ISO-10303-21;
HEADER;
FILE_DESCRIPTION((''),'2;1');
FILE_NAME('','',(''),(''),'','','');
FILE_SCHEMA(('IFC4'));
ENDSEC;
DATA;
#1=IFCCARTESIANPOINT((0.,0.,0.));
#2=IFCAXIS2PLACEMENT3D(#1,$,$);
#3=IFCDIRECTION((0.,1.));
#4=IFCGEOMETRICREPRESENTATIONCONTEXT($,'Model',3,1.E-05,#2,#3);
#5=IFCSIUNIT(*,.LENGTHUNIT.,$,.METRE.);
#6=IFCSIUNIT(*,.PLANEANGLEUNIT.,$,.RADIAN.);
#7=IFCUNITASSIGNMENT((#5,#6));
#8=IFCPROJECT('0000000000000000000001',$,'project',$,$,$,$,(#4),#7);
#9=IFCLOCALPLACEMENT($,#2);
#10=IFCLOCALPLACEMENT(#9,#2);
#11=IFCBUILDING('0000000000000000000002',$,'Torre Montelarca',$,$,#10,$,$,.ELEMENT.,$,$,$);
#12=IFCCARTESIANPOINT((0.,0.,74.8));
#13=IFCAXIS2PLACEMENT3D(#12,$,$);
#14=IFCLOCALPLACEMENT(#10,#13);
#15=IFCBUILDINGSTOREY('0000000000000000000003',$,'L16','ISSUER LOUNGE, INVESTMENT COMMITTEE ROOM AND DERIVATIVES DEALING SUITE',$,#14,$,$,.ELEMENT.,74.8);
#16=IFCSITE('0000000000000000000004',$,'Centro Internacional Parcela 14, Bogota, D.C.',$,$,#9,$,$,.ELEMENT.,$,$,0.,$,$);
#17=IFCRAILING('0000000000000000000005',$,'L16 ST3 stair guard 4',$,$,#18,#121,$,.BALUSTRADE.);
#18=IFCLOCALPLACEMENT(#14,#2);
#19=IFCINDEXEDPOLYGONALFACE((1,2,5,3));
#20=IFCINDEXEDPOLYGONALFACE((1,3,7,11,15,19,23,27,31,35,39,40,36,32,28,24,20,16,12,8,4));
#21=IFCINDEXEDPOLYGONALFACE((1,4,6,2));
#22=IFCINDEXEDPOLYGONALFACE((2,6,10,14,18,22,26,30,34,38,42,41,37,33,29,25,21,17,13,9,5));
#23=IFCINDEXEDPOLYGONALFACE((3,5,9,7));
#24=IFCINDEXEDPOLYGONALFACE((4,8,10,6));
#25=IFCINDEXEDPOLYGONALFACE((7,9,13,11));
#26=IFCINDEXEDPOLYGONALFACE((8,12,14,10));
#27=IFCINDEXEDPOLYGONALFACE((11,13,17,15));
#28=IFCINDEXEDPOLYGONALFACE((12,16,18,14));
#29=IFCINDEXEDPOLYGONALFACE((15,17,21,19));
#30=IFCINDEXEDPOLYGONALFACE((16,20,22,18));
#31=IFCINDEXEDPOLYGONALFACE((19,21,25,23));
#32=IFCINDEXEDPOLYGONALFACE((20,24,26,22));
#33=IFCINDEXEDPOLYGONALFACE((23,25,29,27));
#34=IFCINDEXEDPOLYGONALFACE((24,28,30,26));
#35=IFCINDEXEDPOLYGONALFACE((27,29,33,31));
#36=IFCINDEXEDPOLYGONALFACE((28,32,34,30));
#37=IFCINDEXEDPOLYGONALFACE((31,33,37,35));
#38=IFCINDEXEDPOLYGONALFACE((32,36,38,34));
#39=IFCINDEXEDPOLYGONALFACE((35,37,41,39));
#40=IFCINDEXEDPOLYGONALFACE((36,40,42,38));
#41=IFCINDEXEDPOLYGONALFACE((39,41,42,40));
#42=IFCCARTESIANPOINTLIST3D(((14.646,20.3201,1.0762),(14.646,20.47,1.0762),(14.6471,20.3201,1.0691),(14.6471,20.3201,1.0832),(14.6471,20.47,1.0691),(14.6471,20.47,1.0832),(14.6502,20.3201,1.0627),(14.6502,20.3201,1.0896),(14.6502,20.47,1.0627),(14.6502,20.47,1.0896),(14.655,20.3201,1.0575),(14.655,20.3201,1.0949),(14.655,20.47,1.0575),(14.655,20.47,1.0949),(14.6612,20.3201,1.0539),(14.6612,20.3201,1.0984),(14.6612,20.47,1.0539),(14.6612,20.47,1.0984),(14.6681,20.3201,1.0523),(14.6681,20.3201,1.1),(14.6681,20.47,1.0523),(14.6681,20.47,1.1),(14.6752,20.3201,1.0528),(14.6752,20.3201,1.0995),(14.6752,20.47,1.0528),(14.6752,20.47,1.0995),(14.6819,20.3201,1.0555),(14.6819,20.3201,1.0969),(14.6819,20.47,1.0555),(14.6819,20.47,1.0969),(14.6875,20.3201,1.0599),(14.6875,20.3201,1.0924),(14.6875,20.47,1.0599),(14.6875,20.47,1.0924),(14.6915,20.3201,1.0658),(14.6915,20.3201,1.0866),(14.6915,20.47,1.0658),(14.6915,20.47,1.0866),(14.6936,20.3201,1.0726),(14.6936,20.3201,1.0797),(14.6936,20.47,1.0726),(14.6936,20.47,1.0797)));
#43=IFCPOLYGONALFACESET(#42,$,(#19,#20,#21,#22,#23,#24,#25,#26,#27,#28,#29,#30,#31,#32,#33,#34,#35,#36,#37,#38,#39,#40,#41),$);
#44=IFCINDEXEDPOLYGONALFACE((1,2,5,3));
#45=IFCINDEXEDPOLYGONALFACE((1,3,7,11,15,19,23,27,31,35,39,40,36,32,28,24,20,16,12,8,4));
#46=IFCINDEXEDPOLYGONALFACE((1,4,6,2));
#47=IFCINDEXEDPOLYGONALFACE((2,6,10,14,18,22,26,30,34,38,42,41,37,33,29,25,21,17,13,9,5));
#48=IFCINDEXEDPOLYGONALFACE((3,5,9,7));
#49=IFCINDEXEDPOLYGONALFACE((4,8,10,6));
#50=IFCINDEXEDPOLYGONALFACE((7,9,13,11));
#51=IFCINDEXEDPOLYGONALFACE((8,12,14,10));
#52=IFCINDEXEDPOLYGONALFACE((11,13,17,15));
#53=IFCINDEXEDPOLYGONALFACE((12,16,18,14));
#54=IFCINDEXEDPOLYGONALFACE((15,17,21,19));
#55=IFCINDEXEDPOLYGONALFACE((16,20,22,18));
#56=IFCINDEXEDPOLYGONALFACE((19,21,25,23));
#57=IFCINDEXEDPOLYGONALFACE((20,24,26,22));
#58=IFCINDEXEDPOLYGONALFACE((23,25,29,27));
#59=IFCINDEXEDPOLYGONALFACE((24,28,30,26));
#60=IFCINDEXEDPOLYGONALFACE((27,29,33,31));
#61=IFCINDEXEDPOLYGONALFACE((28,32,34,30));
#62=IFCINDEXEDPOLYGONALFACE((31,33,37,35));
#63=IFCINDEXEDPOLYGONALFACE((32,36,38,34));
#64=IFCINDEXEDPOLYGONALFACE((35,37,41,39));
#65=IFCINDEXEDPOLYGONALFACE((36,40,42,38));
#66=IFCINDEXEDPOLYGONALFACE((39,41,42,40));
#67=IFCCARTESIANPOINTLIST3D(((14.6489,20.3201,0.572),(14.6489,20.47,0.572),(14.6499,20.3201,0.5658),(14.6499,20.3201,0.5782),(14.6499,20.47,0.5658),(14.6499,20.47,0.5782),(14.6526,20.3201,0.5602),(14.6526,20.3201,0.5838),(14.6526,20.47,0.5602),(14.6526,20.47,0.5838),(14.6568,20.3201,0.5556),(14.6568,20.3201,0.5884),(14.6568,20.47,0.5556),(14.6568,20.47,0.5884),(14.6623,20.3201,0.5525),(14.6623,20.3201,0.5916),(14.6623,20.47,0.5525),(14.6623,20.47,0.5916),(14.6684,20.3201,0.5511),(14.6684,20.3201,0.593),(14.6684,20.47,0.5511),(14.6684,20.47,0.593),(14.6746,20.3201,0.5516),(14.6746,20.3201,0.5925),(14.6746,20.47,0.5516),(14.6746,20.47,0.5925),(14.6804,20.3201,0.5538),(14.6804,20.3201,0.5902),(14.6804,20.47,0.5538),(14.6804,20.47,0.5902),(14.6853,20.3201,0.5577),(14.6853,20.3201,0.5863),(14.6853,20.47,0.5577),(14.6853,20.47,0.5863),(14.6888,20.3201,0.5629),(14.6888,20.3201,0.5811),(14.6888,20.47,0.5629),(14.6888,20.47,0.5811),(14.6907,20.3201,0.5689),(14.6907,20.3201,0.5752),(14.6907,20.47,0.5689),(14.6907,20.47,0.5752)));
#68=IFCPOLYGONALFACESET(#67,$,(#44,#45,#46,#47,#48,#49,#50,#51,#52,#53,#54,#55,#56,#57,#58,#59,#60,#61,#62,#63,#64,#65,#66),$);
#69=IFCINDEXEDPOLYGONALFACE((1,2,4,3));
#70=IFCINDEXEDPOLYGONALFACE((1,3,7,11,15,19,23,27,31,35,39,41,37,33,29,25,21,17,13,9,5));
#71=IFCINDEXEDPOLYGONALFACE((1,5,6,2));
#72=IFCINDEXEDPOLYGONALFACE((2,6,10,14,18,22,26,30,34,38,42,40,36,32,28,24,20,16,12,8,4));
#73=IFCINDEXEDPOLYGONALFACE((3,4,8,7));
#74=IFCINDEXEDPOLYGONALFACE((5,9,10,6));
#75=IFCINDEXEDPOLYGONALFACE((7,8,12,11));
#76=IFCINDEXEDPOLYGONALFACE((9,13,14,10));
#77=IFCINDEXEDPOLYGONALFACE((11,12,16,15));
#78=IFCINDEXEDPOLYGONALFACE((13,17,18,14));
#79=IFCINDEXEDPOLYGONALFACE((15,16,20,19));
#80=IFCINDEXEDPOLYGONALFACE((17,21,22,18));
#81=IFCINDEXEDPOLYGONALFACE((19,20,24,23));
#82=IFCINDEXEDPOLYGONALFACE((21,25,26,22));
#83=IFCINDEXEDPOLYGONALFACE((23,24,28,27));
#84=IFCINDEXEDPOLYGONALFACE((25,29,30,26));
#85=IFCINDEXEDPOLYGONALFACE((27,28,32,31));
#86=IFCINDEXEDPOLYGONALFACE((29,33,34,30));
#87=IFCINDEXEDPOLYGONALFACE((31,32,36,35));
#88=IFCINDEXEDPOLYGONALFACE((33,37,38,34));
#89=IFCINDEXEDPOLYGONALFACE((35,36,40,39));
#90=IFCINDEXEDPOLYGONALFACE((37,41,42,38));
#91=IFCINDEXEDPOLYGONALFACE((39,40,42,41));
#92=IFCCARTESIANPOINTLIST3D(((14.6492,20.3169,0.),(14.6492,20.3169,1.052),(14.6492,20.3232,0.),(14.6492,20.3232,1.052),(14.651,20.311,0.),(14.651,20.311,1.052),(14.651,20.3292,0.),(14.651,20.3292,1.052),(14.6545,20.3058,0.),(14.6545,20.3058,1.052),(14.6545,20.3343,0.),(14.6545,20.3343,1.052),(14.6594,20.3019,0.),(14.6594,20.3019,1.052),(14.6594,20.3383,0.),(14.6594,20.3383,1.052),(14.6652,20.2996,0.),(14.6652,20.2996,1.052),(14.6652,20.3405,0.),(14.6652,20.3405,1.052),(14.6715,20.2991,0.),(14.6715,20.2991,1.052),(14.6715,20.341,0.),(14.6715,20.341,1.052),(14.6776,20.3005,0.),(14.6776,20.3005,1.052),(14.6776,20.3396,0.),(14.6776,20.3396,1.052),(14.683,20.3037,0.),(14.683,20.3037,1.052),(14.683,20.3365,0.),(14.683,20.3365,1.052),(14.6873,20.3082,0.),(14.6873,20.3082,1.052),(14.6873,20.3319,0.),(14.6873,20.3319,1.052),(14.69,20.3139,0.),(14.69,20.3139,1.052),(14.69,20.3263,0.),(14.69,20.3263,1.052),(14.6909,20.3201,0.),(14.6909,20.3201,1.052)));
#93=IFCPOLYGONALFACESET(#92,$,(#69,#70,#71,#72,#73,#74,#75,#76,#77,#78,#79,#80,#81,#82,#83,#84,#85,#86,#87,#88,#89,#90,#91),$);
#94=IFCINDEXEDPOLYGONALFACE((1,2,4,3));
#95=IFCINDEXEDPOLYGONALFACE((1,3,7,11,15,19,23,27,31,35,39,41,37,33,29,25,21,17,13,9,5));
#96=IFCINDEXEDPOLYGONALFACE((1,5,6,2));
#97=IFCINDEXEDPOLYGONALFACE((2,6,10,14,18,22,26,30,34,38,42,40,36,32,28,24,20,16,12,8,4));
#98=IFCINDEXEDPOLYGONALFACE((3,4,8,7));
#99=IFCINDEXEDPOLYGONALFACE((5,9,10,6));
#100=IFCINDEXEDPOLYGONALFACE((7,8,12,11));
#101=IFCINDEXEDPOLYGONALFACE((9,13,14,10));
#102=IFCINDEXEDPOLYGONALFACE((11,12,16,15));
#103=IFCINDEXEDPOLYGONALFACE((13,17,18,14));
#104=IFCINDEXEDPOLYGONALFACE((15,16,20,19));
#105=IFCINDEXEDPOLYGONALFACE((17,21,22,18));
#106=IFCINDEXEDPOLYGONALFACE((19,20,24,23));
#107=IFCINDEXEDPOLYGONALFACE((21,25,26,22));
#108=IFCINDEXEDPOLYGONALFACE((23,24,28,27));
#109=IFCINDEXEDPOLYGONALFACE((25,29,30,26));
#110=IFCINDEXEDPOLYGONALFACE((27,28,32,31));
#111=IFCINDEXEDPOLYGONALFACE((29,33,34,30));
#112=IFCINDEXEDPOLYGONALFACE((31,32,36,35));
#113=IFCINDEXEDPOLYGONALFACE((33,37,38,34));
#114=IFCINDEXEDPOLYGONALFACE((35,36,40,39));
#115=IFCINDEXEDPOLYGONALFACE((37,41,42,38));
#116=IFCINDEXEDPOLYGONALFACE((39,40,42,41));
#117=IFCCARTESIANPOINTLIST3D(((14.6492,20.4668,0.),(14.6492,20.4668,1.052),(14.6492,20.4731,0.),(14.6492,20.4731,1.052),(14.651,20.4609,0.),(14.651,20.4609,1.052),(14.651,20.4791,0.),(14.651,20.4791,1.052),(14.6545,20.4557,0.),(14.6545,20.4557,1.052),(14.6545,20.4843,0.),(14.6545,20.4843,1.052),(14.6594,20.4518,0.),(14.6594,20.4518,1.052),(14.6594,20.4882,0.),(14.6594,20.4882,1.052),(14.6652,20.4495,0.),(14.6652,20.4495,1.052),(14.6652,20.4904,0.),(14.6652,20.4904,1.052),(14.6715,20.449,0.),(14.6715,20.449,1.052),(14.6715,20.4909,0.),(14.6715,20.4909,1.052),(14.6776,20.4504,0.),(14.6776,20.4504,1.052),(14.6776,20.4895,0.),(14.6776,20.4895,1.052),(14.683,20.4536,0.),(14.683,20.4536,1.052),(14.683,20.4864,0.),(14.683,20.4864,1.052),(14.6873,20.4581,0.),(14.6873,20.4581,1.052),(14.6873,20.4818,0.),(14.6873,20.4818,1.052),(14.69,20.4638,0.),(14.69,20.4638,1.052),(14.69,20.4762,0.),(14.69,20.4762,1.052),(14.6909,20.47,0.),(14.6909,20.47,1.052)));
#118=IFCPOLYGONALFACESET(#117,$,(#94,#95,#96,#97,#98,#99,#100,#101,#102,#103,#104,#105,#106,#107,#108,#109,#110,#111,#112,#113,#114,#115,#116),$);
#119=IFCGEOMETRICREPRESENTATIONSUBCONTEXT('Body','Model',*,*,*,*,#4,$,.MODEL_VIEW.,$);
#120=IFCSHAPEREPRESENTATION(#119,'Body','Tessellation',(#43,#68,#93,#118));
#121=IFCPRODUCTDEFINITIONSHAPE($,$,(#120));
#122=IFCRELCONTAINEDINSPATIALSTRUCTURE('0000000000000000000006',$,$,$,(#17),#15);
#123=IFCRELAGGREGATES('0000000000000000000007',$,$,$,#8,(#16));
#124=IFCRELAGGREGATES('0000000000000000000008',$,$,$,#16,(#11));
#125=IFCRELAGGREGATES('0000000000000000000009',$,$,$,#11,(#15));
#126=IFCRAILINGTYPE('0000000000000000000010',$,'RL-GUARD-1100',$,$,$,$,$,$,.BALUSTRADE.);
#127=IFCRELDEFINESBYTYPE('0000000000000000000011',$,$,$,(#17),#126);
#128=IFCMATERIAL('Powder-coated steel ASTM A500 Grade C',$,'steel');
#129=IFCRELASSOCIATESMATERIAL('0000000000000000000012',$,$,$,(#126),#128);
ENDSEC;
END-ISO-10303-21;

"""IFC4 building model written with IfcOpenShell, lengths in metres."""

from ifc_helpers import new_model, si_unit, direction, frame, origin, origin_2d, place, context, subcontext, project, spatial, circle, extrude, material, type_object, element, save


model = new_model("IFC4")

# Units and contexts
model_context = context("Model", 3, precision=1e-05, world=origin(), true_north=direction((0.0, 1.0)))
body_context = subcontext(model_context, "Body", "Model", "MODEL_VIEW")
ifc_project = project(units=[si_unit("LENGTHUNIT", "METRE"), si_unit("PLANEANGLEUNIT", "RADIAN")], contexts=[model_context])

# Site, building, storey
site_placement = place(None, origin())
site = spatial("IfcSite", under=ifc_project, at=site_placement, Name="Centro Internacional Parcela 14, Bogota, D.C.", CompositionType="ELEMENT", RefElevation=0.0)
building_placement = place(site_placement, origin())
building = spatial("IfcBuilding", under=site, at=building_placement, Name="Torre Montelarca", CompositionType="ELEMENT")
storey_placement = place(building_placement, frame((0.0, 0.0, 74.8)))
storey = spatial("IfcBuildingStorey", under=building, at=storey_placement, Name="L16", Description="ISSUER LOUNGE, INVESTMENT COMMITTEE ROOM AND DERIVATIVES DEALING SUITE", CompositionType="ELEMENT", Elevation=74.8)

# Railing
ifc_material_1 = material(Name="Powder-coated steel ASTM A500 Grade C", Category="steel")
railing_type_1 = type_object("IfcRailingType", Name="RL-GUARD-1100", PredefinedType="BALUSTRADE", material=ifc_material_1)
railing_1_placement = place(storey_placement, frame((14.6699, 20.3201, 0.0)))
element("IfcRailing", 1, at=railing_1_placement, inside=storey, type_object=railing_type_1, Name="L16 ST3 stair guard 4", PredefinedType="BALUSTRADE", context=body_context, shape_type="SweptSolid", body=[
    extrude(circle(Radius=0.0239, at=origin_2d()), frame((0.0, 0.0, 1.0762), z_axis=(0.0, 1.0, 0.0), x_axis=(-1.0, 0.0, 0.0)), (0.0, 0.0, 1.0), 0.1499),
    extrude(circle(Radius=0.021, at=origin_2d()), frame((0.0, 0.0, 0.572), z_axis=(0.0, 1.0, 0.0), x_axis=(-1.0, 0.0, 0.0)), (0.0, 0.0, 1.0), 0.1499),
    extrude(circle(Radius=0.021, at=origin_2d()), origin(), (0.0, 0.0, 1.0), 1.052),
    extrude(circle(Radius=0.021, at=origin_2d()), frame((0.0, 0.1499, 0.0)), (0.0, 0.0, 1.0), 1.052),
])

save(model, "model.ifc")
